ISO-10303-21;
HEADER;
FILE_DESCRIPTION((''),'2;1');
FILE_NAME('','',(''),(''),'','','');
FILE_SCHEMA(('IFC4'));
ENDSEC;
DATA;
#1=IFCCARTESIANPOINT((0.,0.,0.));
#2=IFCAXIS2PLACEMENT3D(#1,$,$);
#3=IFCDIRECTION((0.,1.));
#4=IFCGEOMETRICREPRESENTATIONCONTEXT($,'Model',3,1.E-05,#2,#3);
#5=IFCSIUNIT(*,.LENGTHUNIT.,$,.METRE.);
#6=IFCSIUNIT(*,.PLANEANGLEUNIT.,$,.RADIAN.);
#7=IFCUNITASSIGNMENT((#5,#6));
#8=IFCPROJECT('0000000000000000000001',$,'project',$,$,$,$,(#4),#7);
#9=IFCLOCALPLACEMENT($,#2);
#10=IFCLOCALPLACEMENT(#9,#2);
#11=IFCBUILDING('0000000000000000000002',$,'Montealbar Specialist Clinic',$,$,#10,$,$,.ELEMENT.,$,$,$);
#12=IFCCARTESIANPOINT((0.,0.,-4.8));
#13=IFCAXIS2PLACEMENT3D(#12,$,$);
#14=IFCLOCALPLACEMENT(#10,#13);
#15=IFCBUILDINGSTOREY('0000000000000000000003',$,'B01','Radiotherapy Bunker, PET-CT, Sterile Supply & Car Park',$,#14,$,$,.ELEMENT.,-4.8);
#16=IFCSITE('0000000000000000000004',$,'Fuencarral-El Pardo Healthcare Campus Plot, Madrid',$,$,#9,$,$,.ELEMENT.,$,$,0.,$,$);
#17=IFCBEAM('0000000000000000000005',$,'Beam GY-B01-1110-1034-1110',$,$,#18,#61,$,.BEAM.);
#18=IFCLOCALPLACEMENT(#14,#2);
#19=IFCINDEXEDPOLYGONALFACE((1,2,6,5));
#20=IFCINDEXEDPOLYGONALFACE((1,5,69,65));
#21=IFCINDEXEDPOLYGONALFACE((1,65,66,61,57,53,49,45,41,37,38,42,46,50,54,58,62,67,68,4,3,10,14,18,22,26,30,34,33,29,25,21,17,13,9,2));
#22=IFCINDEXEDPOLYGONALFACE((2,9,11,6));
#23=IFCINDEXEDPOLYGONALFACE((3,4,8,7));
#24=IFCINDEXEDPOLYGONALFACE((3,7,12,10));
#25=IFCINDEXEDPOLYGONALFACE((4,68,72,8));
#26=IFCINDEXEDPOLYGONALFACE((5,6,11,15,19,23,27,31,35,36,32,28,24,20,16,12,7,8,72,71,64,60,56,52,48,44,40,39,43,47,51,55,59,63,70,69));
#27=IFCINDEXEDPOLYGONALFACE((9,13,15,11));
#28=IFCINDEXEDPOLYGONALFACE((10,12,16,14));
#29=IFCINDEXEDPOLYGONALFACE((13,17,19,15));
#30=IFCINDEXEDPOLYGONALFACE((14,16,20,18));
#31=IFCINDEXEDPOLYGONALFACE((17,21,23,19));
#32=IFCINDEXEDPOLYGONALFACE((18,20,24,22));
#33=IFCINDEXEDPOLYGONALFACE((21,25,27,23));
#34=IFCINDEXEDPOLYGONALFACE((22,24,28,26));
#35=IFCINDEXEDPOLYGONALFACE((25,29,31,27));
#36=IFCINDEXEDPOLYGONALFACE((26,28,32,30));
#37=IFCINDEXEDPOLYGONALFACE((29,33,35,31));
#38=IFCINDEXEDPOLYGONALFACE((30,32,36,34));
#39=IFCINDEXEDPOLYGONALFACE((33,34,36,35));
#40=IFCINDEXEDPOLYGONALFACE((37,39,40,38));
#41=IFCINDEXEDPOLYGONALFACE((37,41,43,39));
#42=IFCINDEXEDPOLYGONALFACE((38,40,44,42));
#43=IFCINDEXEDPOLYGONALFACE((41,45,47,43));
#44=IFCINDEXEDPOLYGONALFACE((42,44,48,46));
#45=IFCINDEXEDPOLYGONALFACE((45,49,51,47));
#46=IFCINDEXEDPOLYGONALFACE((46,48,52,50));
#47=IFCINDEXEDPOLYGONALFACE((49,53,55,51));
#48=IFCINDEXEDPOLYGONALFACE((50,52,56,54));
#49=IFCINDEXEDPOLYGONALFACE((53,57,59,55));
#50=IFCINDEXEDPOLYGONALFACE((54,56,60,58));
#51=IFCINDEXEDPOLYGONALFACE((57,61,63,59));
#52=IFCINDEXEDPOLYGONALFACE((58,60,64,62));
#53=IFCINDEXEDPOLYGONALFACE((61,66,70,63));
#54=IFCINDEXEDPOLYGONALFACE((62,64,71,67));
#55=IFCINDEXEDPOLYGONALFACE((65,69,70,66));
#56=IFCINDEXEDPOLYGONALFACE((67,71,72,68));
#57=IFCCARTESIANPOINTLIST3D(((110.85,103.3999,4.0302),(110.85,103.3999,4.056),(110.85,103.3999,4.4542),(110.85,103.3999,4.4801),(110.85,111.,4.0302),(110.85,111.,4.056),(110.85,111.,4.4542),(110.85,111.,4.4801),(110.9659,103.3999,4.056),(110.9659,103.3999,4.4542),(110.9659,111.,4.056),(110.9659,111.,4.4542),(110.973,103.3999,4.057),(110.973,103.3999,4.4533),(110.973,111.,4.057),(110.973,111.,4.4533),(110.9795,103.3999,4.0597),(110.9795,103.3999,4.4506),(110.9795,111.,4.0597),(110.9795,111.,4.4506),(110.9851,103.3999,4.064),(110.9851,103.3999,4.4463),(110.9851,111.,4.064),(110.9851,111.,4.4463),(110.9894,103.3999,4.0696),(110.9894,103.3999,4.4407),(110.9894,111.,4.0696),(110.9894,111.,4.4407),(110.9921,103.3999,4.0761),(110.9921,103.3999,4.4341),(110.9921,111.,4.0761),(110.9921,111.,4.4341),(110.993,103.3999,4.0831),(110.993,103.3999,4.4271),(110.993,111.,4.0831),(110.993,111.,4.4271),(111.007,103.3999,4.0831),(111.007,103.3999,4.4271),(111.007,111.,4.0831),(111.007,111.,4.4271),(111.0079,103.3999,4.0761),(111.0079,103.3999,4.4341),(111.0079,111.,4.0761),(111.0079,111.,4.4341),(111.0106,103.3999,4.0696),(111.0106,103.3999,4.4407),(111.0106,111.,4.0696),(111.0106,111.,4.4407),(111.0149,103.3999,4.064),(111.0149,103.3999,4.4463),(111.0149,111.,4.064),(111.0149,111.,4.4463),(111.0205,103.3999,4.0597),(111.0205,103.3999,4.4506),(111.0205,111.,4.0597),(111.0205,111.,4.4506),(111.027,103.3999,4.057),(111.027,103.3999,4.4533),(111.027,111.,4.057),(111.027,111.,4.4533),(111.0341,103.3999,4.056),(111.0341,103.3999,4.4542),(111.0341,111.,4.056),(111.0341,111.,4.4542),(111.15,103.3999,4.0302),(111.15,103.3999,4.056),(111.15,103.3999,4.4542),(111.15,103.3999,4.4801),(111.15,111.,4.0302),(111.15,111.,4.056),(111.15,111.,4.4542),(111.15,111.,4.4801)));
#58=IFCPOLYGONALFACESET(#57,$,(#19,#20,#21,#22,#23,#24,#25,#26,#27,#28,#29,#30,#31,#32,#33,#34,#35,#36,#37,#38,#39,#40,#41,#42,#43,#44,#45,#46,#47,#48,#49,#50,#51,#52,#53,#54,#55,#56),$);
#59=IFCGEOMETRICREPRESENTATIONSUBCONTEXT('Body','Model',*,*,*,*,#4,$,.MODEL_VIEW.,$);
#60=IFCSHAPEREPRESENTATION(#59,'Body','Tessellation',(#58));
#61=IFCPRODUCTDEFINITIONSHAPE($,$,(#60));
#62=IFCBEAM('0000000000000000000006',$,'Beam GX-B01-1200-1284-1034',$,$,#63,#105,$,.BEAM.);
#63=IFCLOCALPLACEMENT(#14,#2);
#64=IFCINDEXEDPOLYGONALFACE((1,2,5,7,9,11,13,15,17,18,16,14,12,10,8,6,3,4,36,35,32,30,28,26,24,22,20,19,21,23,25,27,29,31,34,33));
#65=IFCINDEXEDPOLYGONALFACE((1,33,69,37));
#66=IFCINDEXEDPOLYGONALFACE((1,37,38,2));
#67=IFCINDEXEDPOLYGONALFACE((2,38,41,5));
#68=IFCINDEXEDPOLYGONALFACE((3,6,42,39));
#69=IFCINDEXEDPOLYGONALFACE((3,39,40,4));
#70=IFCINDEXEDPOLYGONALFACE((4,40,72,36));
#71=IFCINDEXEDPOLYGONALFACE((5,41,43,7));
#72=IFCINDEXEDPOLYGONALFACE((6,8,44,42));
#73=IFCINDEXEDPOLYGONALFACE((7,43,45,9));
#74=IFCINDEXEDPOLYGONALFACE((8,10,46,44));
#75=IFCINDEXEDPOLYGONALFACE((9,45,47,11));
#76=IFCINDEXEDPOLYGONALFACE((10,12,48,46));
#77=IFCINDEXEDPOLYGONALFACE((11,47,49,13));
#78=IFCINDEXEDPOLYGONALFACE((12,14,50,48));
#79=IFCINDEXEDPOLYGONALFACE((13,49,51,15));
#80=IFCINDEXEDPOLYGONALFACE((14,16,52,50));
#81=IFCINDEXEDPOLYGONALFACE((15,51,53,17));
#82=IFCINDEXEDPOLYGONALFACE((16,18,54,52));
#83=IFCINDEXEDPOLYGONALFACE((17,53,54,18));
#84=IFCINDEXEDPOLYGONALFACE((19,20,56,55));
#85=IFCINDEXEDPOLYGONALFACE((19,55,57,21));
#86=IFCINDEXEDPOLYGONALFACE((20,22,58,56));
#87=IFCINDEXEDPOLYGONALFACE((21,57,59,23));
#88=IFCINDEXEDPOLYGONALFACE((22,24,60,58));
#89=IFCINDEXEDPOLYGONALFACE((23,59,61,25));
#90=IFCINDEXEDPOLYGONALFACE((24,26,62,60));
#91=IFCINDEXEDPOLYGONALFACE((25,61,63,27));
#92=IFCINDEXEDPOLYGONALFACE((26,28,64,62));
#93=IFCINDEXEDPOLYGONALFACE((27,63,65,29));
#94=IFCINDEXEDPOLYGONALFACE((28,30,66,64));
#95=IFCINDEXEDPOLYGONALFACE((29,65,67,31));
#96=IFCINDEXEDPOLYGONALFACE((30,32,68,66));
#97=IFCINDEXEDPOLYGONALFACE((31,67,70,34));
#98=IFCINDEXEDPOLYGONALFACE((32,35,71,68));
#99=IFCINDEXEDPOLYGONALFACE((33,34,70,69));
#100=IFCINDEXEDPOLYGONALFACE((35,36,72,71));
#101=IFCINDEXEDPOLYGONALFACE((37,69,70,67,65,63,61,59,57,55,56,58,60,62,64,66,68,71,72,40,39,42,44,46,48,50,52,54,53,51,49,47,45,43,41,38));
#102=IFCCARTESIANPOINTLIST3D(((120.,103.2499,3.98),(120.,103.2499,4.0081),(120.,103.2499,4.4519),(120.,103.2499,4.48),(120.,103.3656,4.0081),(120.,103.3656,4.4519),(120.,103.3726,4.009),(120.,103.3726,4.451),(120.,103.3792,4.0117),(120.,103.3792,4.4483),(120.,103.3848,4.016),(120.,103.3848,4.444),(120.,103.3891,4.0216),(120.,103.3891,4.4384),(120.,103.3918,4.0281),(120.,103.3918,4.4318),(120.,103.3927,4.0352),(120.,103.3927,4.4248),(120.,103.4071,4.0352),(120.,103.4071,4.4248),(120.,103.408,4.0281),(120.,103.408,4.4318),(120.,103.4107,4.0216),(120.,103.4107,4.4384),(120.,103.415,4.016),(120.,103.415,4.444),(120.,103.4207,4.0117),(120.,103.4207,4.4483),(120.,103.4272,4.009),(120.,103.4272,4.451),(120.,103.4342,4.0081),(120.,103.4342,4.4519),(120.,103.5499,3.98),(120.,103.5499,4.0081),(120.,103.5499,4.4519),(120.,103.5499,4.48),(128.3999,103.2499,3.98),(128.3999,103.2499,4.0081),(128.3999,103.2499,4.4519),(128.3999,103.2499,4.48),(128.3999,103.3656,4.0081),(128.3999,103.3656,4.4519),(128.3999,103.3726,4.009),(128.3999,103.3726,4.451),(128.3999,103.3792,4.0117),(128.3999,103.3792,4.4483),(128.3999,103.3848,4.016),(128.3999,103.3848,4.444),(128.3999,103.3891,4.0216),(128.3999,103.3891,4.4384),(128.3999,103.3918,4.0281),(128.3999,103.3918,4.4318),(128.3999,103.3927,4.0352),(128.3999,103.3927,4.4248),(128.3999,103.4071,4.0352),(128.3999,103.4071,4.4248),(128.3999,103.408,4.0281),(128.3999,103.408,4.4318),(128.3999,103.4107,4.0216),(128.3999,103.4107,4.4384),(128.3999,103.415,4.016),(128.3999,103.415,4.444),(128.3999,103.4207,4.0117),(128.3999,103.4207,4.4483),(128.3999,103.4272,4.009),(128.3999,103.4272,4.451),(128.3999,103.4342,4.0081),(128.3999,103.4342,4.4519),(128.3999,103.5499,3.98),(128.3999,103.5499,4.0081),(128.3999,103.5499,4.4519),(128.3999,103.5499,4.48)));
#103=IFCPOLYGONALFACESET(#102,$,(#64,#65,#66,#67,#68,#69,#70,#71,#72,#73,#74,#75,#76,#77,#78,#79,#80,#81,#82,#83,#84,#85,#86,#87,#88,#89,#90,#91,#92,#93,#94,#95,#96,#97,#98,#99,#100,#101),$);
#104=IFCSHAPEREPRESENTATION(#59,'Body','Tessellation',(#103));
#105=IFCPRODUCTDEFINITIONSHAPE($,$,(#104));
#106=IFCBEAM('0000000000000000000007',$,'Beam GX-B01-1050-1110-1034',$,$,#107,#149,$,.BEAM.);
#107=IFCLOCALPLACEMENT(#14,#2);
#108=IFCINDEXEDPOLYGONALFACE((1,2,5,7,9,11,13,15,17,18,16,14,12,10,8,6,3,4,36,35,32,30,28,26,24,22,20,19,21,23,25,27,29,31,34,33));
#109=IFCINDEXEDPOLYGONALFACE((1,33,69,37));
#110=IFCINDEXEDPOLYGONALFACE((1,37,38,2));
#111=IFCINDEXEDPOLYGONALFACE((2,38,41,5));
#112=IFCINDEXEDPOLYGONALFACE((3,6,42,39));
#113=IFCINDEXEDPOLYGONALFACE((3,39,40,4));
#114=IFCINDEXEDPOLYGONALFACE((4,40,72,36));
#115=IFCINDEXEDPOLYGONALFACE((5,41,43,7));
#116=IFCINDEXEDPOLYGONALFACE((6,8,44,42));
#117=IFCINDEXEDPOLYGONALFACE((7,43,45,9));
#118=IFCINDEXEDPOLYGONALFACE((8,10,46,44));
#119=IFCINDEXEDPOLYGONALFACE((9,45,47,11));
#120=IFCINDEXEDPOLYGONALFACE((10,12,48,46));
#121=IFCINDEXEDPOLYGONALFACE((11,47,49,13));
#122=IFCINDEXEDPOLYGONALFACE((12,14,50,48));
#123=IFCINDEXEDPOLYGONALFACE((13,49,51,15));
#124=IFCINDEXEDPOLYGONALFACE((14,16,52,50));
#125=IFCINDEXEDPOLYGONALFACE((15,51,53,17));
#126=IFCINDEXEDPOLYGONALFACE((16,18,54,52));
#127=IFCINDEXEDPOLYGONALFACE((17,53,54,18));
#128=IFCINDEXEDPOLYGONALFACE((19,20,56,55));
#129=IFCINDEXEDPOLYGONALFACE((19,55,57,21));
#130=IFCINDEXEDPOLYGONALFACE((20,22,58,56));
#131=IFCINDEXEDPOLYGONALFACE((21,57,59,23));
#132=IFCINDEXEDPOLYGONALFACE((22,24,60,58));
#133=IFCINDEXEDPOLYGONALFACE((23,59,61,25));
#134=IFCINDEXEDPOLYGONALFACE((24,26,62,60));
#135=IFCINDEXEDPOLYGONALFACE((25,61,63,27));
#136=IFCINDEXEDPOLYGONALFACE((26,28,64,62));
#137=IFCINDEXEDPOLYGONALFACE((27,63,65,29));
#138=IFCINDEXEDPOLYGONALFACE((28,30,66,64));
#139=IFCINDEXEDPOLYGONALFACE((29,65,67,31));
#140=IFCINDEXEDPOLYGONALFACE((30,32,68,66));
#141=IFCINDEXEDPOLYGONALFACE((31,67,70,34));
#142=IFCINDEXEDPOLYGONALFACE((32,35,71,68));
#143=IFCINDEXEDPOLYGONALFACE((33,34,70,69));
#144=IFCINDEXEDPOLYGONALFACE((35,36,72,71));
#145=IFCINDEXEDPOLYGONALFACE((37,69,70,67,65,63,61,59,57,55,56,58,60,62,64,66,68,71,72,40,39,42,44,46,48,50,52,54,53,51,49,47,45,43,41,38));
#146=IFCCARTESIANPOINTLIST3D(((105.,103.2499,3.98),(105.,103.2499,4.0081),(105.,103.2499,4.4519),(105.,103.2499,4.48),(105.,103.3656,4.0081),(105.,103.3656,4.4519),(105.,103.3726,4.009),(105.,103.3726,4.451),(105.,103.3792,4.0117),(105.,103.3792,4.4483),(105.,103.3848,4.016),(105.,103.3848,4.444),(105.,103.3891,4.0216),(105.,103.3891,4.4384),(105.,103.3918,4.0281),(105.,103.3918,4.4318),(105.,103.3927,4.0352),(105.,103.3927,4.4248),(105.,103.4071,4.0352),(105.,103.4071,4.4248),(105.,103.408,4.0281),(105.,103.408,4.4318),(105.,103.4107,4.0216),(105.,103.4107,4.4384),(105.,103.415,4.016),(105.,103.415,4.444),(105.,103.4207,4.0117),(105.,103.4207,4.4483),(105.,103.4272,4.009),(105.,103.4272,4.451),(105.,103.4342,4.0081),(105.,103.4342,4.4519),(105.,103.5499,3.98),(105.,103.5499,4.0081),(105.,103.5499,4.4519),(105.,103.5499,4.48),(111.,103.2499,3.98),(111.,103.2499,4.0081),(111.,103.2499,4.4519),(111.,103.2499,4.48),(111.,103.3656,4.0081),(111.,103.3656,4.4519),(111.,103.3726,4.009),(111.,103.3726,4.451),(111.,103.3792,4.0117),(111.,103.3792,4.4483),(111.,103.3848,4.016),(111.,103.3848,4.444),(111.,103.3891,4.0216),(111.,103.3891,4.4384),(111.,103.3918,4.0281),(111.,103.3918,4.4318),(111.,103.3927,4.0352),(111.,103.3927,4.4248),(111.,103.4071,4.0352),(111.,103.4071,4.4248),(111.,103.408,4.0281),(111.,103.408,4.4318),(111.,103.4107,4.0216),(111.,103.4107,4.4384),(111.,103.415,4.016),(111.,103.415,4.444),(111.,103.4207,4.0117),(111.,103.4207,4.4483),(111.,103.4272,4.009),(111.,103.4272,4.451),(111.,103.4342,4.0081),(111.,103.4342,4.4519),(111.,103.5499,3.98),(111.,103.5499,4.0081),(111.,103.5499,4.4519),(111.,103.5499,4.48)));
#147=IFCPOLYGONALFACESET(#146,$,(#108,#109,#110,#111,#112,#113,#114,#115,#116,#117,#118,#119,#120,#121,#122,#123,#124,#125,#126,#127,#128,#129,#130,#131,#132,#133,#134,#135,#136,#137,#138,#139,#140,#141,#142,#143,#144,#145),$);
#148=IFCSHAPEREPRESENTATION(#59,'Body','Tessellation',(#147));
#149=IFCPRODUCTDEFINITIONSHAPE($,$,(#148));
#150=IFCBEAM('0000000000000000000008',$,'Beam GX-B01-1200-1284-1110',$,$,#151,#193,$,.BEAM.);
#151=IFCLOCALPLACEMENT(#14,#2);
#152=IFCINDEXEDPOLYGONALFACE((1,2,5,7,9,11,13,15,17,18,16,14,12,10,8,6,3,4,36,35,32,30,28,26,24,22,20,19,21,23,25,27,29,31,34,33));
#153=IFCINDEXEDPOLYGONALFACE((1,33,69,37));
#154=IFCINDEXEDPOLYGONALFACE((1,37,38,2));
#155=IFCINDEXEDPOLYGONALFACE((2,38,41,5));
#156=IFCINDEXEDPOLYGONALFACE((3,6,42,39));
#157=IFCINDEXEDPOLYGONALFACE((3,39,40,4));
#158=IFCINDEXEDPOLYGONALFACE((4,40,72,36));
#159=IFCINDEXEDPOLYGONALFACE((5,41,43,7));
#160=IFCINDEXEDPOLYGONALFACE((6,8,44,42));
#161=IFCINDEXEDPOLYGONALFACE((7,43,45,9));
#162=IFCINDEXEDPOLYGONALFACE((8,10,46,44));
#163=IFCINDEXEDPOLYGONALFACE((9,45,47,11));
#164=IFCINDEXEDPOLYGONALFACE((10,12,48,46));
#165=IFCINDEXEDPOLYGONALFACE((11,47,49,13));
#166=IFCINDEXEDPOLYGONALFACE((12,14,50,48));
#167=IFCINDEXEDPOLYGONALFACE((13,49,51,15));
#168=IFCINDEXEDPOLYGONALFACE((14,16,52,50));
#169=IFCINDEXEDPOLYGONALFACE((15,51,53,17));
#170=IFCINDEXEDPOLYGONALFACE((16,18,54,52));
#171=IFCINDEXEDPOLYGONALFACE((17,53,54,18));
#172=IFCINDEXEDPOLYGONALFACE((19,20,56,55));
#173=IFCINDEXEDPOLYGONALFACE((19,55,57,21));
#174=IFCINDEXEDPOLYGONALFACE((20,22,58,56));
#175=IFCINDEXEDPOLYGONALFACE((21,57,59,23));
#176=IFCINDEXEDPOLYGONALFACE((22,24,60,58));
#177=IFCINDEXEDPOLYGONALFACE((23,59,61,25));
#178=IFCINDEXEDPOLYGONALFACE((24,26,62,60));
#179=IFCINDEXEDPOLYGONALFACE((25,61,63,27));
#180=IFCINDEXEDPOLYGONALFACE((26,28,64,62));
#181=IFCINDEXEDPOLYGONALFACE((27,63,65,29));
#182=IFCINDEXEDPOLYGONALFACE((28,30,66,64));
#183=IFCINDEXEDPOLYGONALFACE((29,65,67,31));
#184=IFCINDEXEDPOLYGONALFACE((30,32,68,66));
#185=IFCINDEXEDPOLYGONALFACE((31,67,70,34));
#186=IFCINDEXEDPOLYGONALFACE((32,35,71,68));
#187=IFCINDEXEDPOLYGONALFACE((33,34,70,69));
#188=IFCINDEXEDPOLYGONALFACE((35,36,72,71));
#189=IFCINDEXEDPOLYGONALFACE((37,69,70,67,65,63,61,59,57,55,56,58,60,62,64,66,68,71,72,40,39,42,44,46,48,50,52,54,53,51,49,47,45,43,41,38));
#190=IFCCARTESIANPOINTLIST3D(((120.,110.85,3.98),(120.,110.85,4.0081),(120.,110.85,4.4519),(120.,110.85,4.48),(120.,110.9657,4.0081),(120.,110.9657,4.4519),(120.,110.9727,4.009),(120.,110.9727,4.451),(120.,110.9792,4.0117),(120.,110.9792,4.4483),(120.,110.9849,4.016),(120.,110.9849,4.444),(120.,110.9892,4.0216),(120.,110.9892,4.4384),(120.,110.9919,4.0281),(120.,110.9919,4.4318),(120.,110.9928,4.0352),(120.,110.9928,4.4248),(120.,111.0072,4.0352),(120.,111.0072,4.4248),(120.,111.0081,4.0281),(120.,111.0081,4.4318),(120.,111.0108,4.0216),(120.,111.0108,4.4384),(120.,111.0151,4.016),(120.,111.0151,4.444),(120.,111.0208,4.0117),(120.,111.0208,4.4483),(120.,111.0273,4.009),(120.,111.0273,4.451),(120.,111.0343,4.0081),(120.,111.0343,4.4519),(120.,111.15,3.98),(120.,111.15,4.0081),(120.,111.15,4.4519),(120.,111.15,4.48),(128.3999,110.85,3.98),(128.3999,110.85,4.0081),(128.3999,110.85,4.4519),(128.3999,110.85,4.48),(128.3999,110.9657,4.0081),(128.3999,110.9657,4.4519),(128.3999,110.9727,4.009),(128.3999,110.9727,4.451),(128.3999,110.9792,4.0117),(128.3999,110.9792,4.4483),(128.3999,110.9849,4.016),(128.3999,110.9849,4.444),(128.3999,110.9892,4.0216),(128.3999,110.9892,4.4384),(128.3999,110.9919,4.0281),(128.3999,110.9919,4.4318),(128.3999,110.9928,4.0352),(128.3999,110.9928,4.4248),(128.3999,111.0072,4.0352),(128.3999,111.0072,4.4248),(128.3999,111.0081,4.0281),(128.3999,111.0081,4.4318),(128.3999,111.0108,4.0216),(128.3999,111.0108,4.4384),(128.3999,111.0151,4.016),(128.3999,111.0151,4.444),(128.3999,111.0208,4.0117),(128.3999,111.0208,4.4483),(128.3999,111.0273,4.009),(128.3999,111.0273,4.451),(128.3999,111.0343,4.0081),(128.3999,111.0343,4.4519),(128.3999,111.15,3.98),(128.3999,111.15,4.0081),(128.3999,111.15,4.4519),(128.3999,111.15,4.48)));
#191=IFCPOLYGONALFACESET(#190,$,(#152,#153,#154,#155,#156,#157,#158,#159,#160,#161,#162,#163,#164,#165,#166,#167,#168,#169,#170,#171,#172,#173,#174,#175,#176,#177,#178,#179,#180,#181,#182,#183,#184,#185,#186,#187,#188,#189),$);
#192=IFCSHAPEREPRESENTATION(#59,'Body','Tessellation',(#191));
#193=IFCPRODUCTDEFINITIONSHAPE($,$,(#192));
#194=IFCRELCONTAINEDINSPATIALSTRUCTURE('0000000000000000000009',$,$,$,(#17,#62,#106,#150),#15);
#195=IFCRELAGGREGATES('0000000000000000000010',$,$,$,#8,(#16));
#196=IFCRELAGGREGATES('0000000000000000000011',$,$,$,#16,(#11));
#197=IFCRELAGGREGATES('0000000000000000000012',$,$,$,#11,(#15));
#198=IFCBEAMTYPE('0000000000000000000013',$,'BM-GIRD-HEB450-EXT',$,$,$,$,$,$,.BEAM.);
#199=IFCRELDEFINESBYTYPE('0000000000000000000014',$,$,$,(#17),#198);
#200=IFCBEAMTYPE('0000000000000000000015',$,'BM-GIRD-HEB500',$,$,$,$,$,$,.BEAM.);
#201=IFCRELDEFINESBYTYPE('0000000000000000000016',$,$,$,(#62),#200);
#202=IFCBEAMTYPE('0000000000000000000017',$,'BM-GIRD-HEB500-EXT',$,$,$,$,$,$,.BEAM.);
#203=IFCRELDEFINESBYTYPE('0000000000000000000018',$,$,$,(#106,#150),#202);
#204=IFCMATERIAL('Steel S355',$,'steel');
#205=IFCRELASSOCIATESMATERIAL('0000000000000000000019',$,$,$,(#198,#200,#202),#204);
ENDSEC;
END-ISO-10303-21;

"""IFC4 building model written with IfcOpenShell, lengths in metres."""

from ifc_helpers import new_model, si_unit, direction, frame, origin, origin_2d, place, context, subcontext, project, spatial, i_section, extrude, material, material_profile, profile_set, type_object, element, save


model = new_model("IFC4")

# Units and contexts
model_context = context("Model", 3, precision=1e-05, world=origin(), true_north=direction((0.0, 1.0)))
body_context = subcontext(model_context, "Body", "Model", "MODEL_VIEW")
ifc_project = project(units=[si_unit("LENGTHUNIT", "METRE"), si_unit("PLANEANGLEUNIT", "RADIAN")], contexts=[model_context])

# Site, building, storey
site_placement = place(None, origin())
site = spatial("IfcSite", under=ifc_project, at=site_placement, Name="Fuencarral-El Pardo Healthcare Campus Plot, Madrid", CompositionType="ELEMENT", RefElevation=0.0)
building_placement = place(site_placement, origin())
building = spatial("IfcBuilding", under=site, at=building_placement, Name="Montealbar Specialist Clinic", CompositionType="ELEMENT")
storey_placement = place(building_placement, frame((0.0, 0.0, -4.8)))
storey = spatial("IfcBuildingStorey", under=building, at=storey_placement, Name="B01", Description="Radiotherapy Bunker, PET-CT, Sterile Supply & Car Park", CompositionType="ELEMENT", Elevation=-4.8)

# Shared definitions
ifc_material_1 = material(Name="Steel S355", Category="steel")

# Beams
ifc_material_profile_1 = material_profile(ifc_material_1, i_section(OverallWidth=0.3, OverallDepth=0.45, WebThickness=0.0139, FlangeThickness=0.0259, FilletRadius=0.0271, at=origin_2d()), Name="HEB 450", Category="steel")
ifc_profile_set_1 = profile_set([ifc_material_profile_1], Name="Steel S355")
beam_type_1 = type_object("IfcBeamType", Name="BM-GIRD-HEB450-EXT", PredefinedType="BEAM", material=ifc_profile_set_1)
beam_1_placement = place(storey_placement, frame((111.0, 103.3999, 4.2551), z_axis=(0.0, 1.0, 0.0), x_axis=(-1.0, 0.0, 0.0)))
element("IfcBeam", 1, at=beam_1_placement, inside=storey, type_object=beam_type_1, Name="Beam GY-B01-1110-1034-1110", PredefinedType="BEAM", context=body_context, shape_type="SweptSolid", body=[
    extrude(i_section(OverallWidth=0.3, OverallDepth=0.45, WebThickness=0.0139, FlangeThickness=0.0259, FilletRadius=0.0271, at=origin_2d()), origin(), (0.0, 0.0, 1.0), 7.6001),
])
ifc_material_profile_2 = material_profile(ifc_material_1, i_section(OverallWidth=0.3, OverallDepth=0.5, WebThickness=0.0144, FlangeThickness=0.0281, FilletRadius=0.0271, at=origin_2d()), Name="HEB 500", Category="steel")
ifc_profile_set_2 = profile_set([ifc_material_profile_2], Name="Steel S355")
beam_type_2 = type_object("IfcBeamType", Name="BM-GIRD-HEB500", PredefinedType="BEAM", material=ifc_profile_set_2)
beam_2_placement = place(storey_placement, frame((120.0, 103.3999, 4.23), z_axis=(1.0, 0.0, 0.0), x_axis=(0.0, 1.0, 0.0)))
element("IfcBeam", 2, at=beam_2_placement, inside=storey, type_object=beam_type_2, Name="Beam GX-B01-1200-1284-1034", PredefinedType="BEAM", context=body_context, shape_type="SweptSolid", body=[
    extrude(i_section(OverallWidth=0.3, OverallDepth=0.5, WebThickness=0.0144, FlangeThickness=0.0281, FilletRadius=0.0271, at=origin_2d()), origin(), (0.0, 0.0, 1.0), 8.3999),
])
ifc_material_profile_3 = material_profile(ifc_material_1, i_section(OverallWidth=0.3, OverallDepth=0.5, WebThickness=0.0144, FlangeThickness=0.0281, FilletRadius=0.0271, at=origin_2d()), Name="HEB 500", Category="steel")
ifc_profile_set_3 = profile_set([ifc_material_profile_3], Name="Steel S355")
beam_type_3 = type_object("IfcBeamType", Name="BM-GIRD-HEB500-EXT", PredefinedType="BEAM", material=ifc_profile_set_3)
beam_3_placement = place(storey_placement, frame((105.0, 103.3999, 4.23), z_axis=(1.0, 0.0, 0.0), x_axis=(0.0, 1.0, 0.0)))
element("IfcBeam", 3, at=beam_3_placement, inside=storey, type_object=beam_type_3, Name="Beam GX-B01-1050-1110-1034", PredefinedType="BEAM", context=body_context, shape_type="SweptSolid", body=[
    extrude(i_section(OverallWidth=0.3, OverallDepth=0.5, WebThickness=0.0144, FlangeThickness=0.0281, FilletRadius=0.0271, at=origin_2d()), origin(), (0.0, 0.0, 1.0), 6.0),
])
beam_4_placement = place(storey_placement, frame((120.0, 111.0, 4.23), z_axis=(1.0, 0.0, 0.0), x_axis=(0.0, 1.0, 0.0)))
element("IfcBeam", 4, at=beam_4_placement, inside=storey, type_object=beam_type_3, Name="Beam GX-B01-1200-1284-1110", PredefinedType="BEAM", context=body_context, shape_type="SweptSolid", body=[
    extrude(i_section(OverallWidth=0.3, OverallDepth=0.5, WebThickness=0.0144, FlangeThickness=0.0281, FilletRadius=0.0271, at=origin_2d()), origin(), (0.0, 0.0, 1.0), 8.3999),
])

save(model, "model.ifc")
